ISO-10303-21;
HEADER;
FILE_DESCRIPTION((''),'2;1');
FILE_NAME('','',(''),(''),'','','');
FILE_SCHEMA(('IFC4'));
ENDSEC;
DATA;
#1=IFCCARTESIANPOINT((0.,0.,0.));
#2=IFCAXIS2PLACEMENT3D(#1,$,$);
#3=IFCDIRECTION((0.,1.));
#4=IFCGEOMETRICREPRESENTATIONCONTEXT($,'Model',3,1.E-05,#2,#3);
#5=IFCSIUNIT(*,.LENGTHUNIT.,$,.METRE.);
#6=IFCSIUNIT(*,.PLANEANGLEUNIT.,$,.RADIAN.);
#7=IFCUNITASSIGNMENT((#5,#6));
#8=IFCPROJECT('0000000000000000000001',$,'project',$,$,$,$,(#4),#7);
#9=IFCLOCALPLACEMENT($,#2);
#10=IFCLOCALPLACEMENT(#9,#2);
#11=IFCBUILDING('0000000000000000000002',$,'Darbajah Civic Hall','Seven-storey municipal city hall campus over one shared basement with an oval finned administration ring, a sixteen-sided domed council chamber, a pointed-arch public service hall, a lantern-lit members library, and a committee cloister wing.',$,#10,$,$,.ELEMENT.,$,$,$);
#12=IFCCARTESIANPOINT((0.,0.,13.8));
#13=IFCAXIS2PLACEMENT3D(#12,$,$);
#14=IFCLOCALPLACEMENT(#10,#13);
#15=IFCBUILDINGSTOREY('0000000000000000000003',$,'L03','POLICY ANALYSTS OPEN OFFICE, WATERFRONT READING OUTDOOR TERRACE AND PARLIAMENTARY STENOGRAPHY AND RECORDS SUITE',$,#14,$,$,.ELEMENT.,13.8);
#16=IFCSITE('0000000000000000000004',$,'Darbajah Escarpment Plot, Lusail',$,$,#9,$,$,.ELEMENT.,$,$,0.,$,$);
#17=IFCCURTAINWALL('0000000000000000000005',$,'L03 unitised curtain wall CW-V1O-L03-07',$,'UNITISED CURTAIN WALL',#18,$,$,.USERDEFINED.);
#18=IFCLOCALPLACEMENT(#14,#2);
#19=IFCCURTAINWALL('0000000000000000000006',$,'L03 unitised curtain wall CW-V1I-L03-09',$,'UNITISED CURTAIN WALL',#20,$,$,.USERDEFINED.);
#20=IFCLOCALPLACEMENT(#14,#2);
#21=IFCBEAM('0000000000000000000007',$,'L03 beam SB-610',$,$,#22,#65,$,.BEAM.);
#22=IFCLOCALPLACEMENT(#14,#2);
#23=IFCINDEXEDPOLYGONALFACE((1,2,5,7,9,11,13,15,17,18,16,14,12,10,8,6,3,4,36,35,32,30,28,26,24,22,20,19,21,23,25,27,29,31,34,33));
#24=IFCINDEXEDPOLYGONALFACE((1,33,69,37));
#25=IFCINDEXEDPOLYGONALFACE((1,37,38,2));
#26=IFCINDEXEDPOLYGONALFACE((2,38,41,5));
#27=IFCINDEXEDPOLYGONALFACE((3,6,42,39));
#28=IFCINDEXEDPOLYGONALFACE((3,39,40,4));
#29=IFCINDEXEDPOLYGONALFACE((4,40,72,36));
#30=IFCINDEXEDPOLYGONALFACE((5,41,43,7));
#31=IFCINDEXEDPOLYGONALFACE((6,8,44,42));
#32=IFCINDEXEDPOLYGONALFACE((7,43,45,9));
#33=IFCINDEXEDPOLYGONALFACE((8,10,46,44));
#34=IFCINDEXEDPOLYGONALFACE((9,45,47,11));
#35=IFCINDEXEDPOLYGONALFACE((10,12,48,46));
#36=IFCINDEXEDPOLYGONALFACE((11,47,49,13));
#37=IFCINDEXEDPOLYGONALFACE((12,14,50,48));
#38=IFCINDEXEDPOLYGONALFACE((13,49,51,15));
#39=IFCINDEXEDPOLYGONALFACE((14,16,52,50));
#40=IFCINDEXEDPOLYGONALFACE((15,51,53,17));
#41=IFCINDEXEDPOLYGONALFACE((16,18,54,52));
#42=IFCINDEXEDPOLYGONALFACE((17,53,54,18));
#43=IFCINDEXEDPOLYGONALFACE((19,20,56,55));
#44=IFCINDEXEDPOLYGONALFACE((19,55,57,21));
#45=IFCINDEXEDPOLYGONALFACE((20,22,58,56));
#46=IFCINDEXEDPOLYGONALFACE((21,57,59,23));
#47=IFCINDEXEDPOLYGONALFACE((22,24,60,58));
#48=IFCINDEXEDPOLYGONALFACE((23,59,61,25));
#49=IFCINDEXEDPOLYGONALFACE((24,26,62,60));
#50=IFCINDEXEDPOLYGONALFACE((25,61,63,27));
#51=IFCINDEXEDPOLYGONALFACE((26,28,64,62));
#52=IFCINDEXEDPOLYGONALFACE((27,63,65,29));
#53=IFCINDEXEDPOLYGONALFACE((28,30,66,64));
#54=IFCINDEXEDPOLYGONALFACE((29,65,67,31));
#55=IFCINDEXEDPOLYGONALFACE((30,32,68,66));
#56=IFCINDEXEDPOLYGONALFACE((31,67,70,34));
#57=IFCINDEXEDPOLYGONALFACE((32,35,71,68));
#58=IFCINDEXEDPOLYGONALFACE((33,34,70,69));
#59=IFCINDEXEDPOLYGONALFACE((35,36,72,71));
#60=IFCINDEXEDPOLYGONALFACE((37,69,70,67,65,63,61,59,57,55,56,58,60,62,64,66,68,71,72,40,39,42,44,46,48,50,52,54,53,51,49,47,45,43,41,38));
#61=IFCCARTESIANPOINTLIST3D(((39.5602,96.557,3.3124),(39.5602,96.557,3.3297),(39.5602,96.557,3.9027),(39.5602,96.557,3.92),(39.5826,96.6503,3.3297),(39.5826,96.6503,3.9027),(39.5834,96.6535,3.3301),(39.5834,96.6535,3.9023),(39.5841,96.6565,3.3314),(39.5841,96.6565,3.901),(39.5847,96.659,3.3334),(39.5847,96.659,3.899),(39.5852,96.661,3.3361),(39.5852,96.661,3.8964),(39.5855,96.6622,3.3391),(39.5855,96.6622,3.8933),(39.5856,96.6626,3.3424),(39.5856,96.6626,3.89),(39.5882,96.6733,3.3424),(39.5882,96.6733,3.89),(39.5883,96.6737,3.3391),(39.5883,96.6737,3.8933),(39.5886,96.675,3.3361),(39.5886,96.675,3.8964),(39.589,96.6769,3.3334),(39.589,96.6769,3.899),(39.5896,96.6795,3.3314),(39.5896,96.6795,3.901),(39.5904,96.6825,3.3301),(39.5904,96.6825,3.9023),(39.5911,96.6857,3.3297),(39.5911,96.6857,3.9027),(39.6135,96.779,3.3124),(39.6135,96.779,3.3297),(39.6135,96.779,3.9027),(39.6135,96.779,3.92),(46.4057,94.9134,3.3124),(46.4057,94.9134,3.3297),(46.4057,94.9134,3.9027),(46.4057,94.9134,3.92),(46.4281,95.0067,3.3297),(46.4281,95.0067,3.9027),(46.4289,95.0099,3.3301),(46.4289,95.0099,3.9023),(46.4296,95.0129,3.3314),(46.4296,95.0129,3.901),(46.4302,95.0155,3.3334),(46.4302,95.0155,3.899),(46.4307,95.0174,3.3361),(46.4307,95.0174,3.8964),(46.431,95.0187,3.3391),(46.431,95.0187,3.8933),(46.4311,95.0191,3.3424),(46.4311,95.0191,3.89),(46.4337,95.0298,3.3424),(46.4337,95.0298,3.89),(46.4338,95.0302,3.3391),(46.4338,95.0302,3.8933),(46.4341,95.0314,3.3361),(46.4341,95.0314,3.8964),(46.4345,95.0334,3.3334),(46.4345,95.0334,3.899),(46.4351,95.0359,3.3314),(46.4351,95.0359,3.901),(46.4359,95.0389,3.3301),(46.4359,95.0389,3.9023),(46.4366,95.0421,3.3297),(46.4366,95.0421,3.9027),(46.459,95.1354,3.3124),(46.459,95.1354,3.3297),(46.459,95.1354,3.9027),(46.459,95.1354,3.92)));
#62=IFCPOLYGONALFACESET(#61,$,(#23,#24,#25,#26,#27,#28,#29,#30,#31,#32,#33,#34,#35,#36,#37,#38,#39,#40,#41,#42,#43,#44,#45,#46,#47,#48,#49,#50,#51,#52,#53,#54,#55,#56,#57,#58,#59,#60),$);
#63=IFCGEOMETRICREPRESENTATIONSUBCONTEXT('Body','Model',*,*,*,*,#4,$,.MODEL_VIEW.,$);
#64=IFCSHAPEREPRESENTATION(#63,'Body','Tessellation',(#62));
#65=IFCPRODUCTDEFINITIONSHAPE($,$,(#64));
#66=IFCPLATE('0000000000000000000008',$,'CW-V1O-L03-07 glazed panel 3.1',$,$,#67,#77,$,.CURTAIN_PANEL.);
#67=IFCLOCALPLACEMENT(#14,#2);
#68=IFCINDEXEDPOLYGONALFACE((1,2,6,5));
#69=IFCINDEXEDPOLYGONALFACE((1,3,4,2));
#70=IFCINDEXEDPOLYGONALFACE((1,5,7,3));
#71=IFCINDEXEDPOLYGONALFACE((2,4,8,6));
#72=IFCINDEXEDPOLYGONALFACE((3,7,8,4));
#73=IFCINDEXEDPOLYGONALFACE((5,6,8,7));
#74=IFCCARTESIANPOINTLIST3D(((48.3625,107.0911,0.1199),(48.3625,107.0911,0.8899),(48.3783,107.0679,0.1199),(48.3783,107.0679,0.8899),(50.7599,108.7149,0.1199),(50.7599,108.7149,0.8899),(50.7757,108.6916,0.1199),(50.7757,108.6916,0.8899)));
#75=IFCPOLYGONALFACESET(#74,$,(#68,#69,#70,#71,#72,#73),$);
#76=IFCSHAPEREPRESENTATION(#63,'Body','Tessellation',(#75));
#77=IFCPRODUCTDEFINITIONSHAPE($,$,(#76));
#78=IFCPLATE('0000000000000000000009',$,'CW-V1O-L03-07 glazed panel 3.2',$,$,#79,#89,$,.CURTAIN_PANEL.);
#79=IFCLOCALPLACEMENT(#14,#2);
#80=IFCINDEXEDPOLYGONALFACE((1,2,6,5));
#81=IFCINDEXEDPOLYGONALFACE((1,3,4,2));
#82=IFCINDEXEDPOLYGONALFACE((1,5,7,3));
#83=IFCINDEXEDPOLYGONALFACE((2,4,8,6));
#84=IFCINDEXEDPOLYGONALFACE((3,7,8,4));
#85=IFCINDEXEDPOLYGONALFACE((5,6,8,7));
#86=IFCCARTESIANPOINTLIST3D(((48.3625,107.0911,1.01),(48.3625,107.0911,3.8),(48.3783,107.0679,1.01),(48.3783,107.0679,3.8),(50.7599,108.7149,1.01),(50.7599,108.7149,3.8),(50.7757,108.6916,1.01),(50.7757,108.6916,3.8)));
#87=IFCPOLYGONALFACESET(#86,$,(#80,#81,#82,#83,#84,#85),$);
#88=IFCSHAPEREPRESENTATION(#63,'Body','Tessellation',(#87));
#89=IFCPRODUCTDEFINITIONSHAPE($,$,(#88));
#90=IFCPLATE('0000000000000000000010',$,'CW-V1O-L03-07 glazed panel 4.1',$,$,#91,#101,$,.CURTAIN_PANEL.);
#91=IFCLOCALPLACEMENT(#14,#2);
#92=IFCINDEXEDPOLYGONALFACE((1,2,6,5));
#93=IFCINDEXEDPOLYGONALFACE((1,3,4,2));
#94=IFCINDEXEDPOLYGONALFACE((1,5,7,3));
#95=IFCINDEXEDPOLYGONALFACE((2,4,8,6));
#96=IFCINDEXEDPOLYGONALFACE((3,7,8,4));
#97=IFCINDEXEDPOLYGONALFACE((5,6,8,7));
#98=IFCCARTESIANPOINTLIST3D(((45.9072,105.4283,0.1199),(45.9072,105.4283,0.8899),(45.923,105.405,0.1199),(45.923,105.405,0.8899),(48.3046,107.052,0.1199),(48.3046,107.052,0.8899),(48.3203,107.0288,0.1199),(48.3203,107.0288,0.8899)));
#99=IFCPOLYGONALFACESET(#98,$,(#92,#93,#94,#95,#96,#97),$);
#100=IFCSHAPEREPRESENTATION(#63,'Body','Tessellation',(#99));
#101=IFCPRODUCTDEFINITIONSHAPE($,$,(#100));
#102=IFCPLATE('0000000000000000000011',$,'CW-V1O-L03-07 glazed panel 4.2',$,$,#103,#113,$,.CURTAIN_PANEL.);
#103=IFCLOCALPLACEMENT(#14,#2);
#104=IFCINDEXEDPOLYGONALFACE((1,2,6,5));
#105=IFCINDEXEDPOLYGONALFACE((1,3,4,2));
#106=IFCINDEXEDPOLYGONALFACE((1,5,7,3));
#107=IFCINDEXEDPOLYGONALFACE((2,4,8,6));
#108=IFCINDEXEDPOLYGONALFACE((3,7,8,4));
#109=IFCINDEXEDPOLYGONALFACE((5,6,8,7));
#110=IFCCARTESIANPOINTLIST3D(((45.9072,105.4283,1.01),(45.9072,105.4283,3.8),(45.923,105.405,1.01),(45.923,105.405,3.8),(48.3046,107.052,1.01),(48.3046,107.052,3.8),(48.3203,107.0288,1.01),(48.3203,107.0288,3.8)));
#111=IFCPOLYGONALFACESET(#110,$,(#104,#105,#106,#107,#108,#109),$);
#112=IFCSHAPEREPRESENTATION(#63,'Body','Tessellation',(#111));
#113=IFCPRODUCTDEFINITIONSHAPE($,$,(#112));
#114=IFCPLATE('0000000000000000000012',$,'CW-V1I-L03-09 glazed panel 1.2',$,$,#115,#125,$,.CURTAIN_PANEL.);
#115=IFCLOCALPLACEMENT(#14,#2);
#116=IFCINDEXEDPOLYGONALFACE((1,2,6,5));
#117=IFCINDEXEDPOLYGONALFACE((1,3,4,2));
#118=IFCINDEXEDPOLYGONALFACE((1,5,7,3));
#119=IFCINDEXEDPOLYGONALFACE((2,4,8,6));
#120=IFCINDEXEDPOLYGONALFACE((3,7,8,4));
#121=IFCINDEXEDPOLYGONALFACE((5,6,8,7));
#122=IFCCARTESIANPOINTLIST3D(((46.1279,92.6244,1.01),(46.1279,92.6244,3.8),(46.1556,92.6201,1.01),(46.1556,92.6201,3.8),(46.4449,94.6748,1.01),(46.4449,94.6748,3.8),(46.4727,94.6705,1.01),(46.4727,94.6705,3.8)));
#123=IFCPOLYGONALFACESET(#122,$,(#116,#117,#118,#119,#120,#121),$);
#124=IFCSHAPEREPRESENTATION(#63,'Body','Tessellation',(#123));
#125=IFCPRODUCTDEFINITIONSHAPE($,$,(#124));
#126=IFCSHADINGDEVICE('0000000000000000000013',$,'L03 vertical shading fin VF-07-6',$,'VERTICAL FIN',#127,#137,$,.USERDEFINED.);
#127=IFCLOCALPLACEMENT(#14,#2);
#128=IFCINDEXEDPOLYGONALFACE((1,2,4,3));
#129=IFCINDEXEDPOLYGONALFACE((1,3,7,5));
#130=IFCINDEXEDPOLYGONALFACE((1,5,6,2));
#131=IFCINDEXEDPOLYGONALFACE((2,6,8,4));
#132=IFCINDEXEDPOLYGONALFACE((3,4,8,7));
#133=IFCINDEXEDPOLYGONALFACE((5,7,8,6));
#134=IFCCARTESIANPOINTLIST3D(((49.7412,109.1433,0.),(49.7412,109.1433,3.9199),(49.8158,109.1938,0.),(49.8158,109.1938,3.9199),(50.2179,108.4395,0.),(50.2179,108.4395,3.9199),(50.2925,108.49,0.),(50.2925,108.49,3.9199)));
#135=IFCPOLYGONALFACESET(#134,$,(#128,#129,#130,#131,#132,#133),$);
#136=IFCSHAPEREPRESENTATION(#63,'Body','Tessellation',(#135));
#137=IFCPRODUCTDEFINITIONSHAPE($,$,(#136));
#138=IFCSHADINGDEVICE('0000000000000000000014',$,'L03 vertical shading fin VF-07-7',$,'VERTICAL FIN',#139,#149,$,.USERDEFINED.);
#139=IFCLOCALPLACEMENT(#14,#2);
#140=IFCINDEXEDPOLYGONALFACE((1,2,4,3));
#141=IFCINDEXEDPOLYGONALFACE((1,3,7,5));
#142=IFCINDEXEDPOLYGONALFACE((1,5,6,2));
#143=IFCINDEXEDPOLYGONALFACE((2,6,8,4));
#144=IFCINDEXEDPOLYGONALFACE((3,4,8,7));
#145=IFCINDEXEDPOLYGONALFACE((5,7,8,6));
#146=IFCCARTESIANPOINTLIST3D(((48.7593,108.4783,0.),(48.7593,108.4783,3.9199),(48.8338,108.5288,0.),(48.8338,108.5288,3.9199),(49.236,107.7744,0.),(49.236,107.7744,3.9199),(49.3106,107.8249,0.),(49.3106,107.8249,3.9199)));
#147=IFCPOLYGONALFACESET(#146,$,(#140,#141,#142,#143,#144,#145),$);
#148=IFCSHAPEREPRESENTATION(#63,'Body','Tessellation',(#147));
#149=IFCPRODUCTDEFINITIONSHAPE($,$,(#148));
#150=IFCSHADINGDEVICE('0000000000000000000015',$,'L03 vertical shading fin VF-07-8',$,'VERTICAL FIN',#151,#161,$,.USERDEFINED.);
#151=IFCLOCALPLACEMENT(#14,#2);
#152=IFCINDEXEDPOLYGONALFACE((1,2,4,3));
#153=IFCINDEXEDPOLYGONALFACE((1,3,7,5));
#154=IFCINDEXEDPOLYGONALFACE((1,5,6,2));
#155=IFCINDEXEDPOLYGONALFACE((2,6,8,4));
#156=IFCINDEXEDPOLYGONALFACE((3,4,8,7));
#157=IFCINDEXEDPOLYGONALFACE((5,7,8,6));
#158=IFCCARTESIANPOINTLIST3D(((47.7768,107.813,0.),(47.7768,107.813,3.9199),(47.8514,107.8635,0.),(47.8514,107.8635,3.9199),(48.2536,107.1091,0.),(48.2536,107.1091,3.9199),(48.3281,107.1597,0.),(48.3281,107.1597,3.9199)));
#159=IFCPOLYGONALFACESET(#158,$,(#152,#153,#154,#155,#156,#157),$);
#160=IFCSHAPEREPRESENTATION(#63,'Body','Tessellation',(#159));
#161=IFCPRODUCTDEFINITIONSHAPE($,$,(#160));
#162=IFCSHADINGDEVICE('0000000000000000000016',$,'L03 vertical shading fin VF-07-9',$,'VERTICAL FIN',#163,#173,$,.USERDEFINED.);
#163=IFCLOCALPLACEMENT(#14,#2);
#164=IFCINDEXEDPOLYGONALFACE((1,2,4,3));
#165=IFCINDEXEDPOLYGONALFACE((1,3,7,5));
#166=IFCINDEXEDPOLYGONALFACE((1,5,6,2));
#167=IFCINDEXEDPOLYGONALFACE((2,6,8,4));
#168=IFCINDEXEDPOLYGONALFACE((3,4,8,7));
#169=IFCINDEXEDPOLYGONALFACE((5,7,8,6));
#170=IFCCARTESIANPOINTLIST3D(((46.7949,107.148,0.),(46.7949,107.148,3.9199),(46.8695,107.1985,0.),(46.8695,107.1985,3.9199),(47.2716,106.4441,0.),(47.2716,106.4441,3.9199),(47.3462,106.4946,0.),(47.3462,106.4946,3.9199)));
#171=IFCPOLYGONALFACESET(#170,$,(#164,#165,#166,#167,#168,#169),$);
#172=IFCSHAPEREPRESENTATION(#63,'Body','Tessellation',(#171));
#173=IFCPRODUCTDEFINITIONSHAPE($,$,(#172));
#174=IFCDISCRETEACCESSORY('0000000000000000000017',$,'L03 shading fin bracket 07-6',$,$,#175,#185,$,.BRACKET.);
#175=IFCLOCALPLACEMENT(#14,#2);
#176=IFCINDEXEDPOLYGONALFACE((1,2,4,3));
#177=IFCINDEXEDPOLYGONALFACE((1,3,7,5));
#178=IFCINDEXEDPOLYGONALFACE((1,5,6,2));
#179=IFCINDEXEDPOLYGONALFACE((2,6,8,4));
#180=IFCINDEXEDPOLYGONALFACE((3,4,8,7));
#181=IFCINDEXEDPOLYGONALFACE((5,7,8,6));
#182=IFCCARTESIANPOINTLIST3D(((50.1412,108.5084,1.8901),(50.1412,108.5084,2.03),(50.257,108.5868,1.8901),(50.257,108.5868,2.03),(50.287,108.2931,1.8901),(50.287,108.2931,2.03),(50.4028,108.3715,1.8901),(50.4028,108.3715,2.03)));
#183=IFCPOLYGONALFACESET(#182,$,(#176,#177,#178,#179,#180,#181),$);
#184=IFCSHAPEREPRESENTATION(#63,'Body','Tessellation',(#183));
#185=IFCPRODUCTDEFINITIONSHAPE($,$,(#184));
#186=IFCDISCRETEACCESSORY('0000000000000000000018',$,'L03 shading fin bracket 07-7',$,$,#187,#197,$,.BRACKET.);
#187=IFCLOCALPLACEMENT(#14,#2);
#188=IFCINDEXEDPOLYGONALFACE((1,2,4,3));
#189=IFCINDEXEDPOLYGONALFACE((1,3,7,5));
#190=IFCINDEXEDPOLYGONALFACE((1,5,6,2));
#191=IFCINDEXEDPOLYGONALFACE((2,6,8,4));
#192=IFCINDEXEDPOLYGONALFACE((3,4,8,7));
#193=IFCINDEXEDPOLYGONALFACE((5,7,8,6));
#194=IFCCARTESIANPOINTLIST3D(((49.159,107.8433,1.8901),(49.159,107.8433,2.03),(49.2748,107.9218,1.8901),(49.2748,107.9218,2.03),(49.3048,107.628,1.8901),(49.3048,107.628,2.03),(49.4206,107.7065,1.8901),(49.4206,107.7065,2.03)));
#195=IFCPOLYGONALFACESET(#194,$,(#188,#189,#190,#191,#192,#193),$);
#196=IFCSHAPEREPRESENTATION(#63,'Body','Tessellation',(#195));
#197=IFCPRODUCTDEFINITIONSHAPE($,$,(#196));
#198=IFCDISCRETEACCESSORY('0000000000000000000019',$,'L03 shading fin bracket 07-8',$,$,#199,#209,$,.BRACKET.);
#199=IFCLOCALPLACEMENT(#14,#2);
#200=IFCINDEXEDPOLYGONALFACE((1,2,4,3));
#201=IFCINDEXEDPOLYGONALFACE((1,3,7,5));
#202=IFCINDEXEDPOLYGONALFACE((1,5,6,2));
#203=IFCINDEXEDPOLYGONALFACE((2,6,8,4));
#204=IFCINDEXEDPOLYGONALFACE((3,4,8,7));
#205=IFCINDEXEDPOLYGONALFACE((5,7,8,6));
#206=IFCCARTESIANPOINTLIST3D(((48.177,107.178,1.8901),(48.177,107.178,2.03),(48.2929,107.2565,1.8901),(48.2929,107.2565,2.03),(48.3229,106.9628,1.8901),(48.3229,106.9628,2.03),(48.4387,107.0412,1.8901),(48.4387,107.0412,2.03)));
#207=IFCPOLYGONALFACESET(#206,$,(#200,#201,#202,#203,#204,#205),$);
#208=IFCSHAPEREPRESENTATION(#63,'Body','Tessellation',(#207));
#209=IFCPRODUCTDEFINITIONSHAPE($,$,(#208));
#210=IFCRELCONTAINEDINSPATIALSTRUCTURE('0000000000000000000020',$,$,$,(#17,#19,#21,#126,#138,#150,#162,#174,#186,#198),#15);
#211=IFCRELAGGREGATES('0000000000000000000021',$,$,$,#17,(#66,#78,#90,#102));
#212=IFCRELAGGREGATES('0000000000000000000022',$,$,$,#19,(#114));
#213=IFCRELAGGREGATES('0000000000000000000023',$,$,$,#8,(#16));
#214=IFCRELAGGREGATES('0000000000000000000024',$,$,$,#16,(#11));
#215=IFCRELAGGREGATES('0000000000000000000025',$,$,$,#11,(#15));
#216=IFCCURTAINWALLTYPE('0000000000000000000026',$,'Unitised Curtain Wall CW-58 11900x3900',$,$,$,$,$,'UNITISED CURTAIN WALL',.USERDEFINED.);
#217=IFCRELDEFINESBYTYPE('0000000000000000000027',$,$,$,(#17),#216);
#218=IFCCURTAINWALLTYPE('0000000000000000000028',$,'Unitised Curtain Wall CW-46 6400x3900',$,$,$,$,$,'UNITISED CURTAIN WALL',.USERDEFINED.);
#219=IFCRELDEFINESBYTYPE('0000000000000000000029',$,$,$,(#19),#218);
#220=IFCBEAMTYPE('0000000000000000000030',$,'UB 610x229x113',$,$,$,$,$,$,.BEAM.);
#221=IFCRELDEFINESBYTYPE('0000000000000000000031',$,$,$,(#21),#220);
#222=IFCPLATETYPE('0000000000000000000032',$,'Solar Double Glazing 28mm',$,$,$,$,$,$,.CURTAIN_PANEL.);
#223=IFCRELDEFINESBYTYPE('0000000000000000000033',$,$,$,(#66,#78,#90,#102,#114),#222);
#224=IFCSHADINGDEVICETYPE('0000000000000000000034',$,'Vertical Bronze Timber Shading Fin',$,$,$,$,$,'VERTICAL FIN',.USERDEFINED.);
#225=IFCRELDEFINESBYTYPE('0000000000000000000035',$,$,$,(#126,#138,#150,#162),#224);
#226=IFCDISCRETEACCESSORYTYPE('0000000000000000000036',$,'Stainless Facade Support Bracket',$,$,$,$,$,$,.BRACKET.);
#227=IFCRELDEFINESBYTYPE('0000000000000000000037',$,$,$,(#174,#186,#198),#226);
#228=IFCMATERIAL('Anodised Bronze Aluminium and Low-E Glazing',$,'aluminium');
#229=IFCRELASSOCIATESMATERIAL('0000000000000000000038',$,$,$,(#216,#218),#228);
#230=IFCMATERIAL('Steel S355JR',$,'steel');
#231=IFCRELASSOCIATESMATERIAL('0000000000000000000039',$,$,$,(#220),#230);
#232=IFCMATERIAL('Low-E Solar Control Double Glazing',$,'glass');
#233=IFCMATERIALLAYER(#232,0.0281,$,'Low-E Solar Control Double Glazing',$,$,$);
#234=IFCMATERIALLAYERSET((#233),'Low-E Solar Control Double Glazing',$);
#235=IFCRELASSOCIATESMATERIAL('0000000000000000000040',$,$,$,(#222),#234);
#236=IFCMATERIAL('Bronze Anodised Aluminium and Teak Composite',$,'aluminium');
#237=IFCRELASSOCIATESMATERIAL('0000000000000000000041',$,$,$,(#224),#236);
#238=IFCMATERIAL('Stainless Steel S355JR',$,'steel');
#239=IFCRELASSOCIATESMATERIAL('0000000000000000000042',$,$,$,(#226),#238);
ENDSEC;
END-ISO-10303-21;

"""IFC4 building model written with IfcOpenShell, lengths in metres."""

from ifc_helpers import new_model, si_unit, direction, frame, origin, origin_2d, place, context, subcontext, project, spatial, rectangle, i_section, extrude, material, layer, layer_set, material_profile, profile_set, type_object, element, aggregate, save


model = new_model("IFC4")

# Units and contexts
model_context = context("Model", 3, precision=1e-05, world=origin(), true_north=direction((0.0, 1.0)))
body_context = subcontext(model_context, "Body", "Model", "MODEL_VIEW")
ifc_project = project(units=[si_unit("LENGTHUNIT", "METRE"), si_unit("PLANEANGLEUNIT", "RADIAN")], contexts=[model_context])

# Site, building, storey
site_placement = place(None, origin())
site = spatial("IfcSite", under=ifc_project, at=site_placement, Name="Darbajah Escarpment Plot, Lusail", CompositionType="ELEMENT", RefElevation=0.0)
building_placement = place(site_placement, origin())
building = spatial("IfcBuilding", under=site, at=building_placement, Name="Darbajah Civic Hall", Description="Seven-storey municipal city hall campus over one shared basement with an oval finned administration ring, a sixteen-sided domed council chamber, a pointed-arch public service hall, a lantern-lit members library, and a committee cloister wing.", CompositionType="ELEMENT")
storey_placement = place(building_placement, frame((0.0, 0.0, 13.8)))
storey = spatial("IfcBuildingStorey", under=building, at=storey_placement, Name="L03", Description="POLICY ANALYSTS OPEN OFFICE, WATERFRONT READING OUTDOOR TERRACE AND PARLIAMENTARY STENOGRAPHY AND RECORDS SUITE", CompositionType="ELEMENT", Elevation=13.8)

# Curtain walls
ifc_material_1 = material(Name="Anodised Bronze Aluminium and Low-E Glazing", Category="aluminium")
curtain_wall_type_1 = type_object("IfcCurtainWallType", Name="Unitised Curtain Wall CW-58 11900x3900", ElementType="UNITISED CURTAIN WALL", PredefinedType="USERDEFINED", material=ifc_material_1)
curtain_wall_1_placement = place(storey_placement, origin())
curtain_wall_1 = element("IfcCurtainWall", 1, at=curtain_wall_1_placement, inside=storey, type_object=curtain_wall_type_1, Name="L03 unitised curtain wall CW-V1O-L03-07", ObjectType="UNITISED CURTAIN WALL", PredefinedType="USERDEFINED")
curtain_wall_type_2 = type_object("IfcCurtainWallType", Name="Unitised Curtain Wall CW-46 6400x3900", ElementType="UNITISED CURTAIN WALL", PredefinedType="USERDEFINED", material=ifc_material_1)
curtain_wall_2_placement = place(storey_placement, origin())
curtain_wall_2 = element("IfcCurtainWall", 2, at=curtain_wall_2_placement, inside=storey, type_object=curtain_wall_type_2, Name="L03 unitised curtain wall CW-V1I-L03-09", ObjectType="UNITISED CURTAIN WALL", PredefinedType="USERDEFINED")

# Beam
ifc_material_2 = material(Name="Steel S355JR", Category="steel")
ifc_material_profile_1 = material_profile(ifc_material_2, i_section(OverallWidth=0.2283, OverallDepth=0.6077, WebThickness=0.011, FlangeThickness=0.0173, FilletRadius=0.0127, at=origin_2d()), Name="UB 610x229x113")
ifc_profile_set_1 = profile_set([ifc_material_profile_1], Name="Steel S355JR")
beam_type_1 = type_object("IfcBeamType", Name="UB 610x229x113", PredefinedType="BEAM", material=ifc_profile_set_1)
beam_1_placement = place(storey_placement, frame((46.4324, 95.0244, 3.6162), z_axis=(-0.972367, 0.23346, 0.0), x_axis=(-0.23346, -0.972367, 0.0)))
element("IfcBeam", 3, at=beam_1_placement, inside=storey, type_object=beam_type_1, Name="L03 beam SB-610", PredefinedType="BEAM", context=body_context, shape_type="SweptSolid", body=[
    extrude(i_section(OverallWidth=0.2283, OverallDepth=0.6077, WebThickness=0.011, FlangeThickness=0.0173, FilletRadius=0.0127, at=origin_2d()), origin(), (0.0, 0.0, 1.0), 7.04),
])

# Plates
ifc_material_3 = material(Name="Low-E Solar Control Double Glazing", Category="glass")
ifc_layer = layer(ifc_material_3, 0.0281, Name="Low-E Solar Control Double Glazing")
ifc_layer_set = layer_set([ifc_layer], Name="Low-E Solar Control Double Glazing")
plate_type = type_object("IfcPlateType", Name="Solar Double Glazing 28mm", PredefinedType="CURTAIN_PANEL", material=ifc_layer_set)
plate_1_placement = place(storey_placement, frame((49.5691, 107.8914, 0.1199), z_axis=(0.0, 0.0, 1.0), x_axis=(-0.827962, -0.560784, 0.0)))
plate_1 = element("IfcPlate", 4, at=plate_1_placement, type_object=plate_type, Name="CW-V1O-L03-07 glazed panel 3.1", PredefinedType="CURTAIN_PANEL", context=body_context, shape_type="SweptSolid", body=[
    extrude(rectangle(XDim=2.8955, YDim=0.0281, at=origin_2d()), origin(), (0.0, 0.0, 1.0), 0.77),
])
plate_2_placement = place(storey_placement, frame((49.5691, 107.8914, 1.01), z_axis=(0.0, 0.0, 1.0), x_axis=(-0.827962, -0.560784, 0.0)))
plate_2 = element("IfcPlate", 5, at=plate_2_placement, type_object=plate_type, Name="CW-V1O-L03-07 glazed panel 3.2", PredefinedType="CURTAIN_PANEL", context=body_context, shape_type="SweptSolid", body=[
    extrude(rectangle(XDim=2.8955, YDim=0.0281, at=origin_2d()), origin(), (0.0, 0.0, 1.0), 2.79),
])
plate_3_placement = place(storey_placement, frame((47.1138, 106.2285, 0.1199), z_axis=(0.0, 0.0, 1.0), x_axis=(-0.827962, -0.560784, 0.0)))
plate_3 = element("IfcPlate", 6, at=plate_3_placement, type_object=plate_type, Name="CW-V1O-L03-07 glazed panel 4.1", PredefinedType="CURTAIN_PANEL", context=body_context, shape_type="SweptSolid", body=[
    extrude(rectangle(XDim=2.8955, YDim=0.0281, at=origin_2d()), origin(), (0.0, 0.0, 1.0), 0.77),
])
plate_4_placement = place(storey_placement, frame((47.1138, 106.2285, 1.01), z_axis=(0.0, 0.0, 1.0), x_axis=(-0.827962, -0.560784, 0.0)))
plate_4 = element("IfcPlate", 7, at=plate_4_placement, type_object=plate_type, Name="CW-V1O-L03-07 glazed panel 4.2", PredefinedType="CURTAIN_PANEL", context=body_context, shape_type="SweptSolid", body=[
    extrude(rectangle(XDim=2.8955, YDim=0.0281, at=origin_2d()), origin(), (0.0, 0.0, 1.0), 2.79),
])
aggregate(curtain_wall_1, [plate_1, plate_2, plate_3, plate_4])
plate_5_placement = place(storey_placement, frame((46.3003, 93.6475, 1.01), z_axis=(0.0, 0.0, 1.0), x_axis=(-0.152813, -0.988255, 0.0)))
plate_5 = element("IfcPlate", 8, at=plate_5_placement, type_object=plate_type, Name="CW-V1I-L03-09 glazed panel 1.2", PredefinedType="CURTAIN_PANEL", context=body_context, shape_type="SweptSolid", body=[
    extrude(rectangle(XDim=2.0747, YDim=0.0281, at=origin_2d()), origin(), (0.0, 0.0, 1.0), 2.79),
])
aggregate(curtain_wall_2, [plate_5])

# Shading devices
ifc_material_4 = material(Name="Bronze Anodised Aluminium and Teak Composite", Category="aluminium")
shading_device_type = type_object("IfcShadingDeviceType", Name="Vertical Bronze Timber Shading Fin", ElementType="VERTICAL FIN", PredefinedType="USERDEFINED", material=ifc_material_4)
for number, where, z_axis, x_axis, name in (
    (9, (50.0168, 108.8167, 0.0), (0.0, 0.0, 1.0), (-0.560784, 0.827962, 0.0), "L03 vertical shading fin VF-07-6"),
    (10, (49.0349, 108.1516, 0.0), (0.0, 0.0, 1.0), (-0.560784, 0.827962, 0.0), "L03 vertical shading fin VF-07-7"),
    (11, (48.0525, 107.4863, 0.0), (0.0, 0.0, 1.0), (-0.560784, 0.827962, 0.0), "L03 vertical shading fin VF-07-8"),
    (12, (47.0706, 106.8213, 0.0), (0.0, 0.0, 1.0), (-0.560784, 0.827962, 0.0), "L03 vertical shading fin VF-07-9"),
):
    element("IfcShadingDevice", number, at=place(storey_placement, frame(where, z_axis=z_axis, x_axis=x_axis)), inside=storey, type_object=shading_device_type, Name=name, ObjectType="VERTICAL FIN", PredefinedType="USERDEFINED", context=body_context, shape_type="SweptSolid", body=[
        extrude(rectangle(XDim=0.8501, YDim=0.0901, at=origin_2d()), origin(), (0.0, 0.0, 1.0), 3.9199),
    ])

# Discrete accessories
ifc_material_5 = material(Name="Stainless Steel S355JR", Category="steel")
discrete_accessory_type = type_object("IfcDiscreteAccessoryType", Name="Stainless Facade Support Bracket", PredefinedType="BRACKET", material=ifc_material_5)
for number, where, z_axis, x_axis, name in (
    (13, (50.272, 108.4399, 1.8901), (0.0, 0.0, 1.0), (-0.560784, 0.827962, 0.0), "L03 shading fin bracket 07-6"),
    (14, (49.2898, 107.7749, 1.8901), (0.0, 0.0, 1.0), (-0.560784, 0.827962, 0.0), "L03 shading fin bracket 07-7"),
    (15, (48.3079, 107.1096, 1.8901), (0.0, 0.0, 1.0), (-0.560784, 0.827962, 0.0), "L03 shading fin bracket 07-8"),
):
    element("IfcDiscreteAccessory", number, at=place(storey_placement, frame(where, z_axis=z_axis, x_axis=x_axis)), inside=storey, type_object=discrete_accessory_type, Name=name, PredefinedType="BRACKET", context=body_context, shape_type="SweptSolid", body=[
        extrude(rectangle(XDim=0.26, YDim=0.1399, at=origin_2d()), origin(), (0.0, 0.0, 1.0), 0.1399),
    ])

save(model, "model.ifc")
